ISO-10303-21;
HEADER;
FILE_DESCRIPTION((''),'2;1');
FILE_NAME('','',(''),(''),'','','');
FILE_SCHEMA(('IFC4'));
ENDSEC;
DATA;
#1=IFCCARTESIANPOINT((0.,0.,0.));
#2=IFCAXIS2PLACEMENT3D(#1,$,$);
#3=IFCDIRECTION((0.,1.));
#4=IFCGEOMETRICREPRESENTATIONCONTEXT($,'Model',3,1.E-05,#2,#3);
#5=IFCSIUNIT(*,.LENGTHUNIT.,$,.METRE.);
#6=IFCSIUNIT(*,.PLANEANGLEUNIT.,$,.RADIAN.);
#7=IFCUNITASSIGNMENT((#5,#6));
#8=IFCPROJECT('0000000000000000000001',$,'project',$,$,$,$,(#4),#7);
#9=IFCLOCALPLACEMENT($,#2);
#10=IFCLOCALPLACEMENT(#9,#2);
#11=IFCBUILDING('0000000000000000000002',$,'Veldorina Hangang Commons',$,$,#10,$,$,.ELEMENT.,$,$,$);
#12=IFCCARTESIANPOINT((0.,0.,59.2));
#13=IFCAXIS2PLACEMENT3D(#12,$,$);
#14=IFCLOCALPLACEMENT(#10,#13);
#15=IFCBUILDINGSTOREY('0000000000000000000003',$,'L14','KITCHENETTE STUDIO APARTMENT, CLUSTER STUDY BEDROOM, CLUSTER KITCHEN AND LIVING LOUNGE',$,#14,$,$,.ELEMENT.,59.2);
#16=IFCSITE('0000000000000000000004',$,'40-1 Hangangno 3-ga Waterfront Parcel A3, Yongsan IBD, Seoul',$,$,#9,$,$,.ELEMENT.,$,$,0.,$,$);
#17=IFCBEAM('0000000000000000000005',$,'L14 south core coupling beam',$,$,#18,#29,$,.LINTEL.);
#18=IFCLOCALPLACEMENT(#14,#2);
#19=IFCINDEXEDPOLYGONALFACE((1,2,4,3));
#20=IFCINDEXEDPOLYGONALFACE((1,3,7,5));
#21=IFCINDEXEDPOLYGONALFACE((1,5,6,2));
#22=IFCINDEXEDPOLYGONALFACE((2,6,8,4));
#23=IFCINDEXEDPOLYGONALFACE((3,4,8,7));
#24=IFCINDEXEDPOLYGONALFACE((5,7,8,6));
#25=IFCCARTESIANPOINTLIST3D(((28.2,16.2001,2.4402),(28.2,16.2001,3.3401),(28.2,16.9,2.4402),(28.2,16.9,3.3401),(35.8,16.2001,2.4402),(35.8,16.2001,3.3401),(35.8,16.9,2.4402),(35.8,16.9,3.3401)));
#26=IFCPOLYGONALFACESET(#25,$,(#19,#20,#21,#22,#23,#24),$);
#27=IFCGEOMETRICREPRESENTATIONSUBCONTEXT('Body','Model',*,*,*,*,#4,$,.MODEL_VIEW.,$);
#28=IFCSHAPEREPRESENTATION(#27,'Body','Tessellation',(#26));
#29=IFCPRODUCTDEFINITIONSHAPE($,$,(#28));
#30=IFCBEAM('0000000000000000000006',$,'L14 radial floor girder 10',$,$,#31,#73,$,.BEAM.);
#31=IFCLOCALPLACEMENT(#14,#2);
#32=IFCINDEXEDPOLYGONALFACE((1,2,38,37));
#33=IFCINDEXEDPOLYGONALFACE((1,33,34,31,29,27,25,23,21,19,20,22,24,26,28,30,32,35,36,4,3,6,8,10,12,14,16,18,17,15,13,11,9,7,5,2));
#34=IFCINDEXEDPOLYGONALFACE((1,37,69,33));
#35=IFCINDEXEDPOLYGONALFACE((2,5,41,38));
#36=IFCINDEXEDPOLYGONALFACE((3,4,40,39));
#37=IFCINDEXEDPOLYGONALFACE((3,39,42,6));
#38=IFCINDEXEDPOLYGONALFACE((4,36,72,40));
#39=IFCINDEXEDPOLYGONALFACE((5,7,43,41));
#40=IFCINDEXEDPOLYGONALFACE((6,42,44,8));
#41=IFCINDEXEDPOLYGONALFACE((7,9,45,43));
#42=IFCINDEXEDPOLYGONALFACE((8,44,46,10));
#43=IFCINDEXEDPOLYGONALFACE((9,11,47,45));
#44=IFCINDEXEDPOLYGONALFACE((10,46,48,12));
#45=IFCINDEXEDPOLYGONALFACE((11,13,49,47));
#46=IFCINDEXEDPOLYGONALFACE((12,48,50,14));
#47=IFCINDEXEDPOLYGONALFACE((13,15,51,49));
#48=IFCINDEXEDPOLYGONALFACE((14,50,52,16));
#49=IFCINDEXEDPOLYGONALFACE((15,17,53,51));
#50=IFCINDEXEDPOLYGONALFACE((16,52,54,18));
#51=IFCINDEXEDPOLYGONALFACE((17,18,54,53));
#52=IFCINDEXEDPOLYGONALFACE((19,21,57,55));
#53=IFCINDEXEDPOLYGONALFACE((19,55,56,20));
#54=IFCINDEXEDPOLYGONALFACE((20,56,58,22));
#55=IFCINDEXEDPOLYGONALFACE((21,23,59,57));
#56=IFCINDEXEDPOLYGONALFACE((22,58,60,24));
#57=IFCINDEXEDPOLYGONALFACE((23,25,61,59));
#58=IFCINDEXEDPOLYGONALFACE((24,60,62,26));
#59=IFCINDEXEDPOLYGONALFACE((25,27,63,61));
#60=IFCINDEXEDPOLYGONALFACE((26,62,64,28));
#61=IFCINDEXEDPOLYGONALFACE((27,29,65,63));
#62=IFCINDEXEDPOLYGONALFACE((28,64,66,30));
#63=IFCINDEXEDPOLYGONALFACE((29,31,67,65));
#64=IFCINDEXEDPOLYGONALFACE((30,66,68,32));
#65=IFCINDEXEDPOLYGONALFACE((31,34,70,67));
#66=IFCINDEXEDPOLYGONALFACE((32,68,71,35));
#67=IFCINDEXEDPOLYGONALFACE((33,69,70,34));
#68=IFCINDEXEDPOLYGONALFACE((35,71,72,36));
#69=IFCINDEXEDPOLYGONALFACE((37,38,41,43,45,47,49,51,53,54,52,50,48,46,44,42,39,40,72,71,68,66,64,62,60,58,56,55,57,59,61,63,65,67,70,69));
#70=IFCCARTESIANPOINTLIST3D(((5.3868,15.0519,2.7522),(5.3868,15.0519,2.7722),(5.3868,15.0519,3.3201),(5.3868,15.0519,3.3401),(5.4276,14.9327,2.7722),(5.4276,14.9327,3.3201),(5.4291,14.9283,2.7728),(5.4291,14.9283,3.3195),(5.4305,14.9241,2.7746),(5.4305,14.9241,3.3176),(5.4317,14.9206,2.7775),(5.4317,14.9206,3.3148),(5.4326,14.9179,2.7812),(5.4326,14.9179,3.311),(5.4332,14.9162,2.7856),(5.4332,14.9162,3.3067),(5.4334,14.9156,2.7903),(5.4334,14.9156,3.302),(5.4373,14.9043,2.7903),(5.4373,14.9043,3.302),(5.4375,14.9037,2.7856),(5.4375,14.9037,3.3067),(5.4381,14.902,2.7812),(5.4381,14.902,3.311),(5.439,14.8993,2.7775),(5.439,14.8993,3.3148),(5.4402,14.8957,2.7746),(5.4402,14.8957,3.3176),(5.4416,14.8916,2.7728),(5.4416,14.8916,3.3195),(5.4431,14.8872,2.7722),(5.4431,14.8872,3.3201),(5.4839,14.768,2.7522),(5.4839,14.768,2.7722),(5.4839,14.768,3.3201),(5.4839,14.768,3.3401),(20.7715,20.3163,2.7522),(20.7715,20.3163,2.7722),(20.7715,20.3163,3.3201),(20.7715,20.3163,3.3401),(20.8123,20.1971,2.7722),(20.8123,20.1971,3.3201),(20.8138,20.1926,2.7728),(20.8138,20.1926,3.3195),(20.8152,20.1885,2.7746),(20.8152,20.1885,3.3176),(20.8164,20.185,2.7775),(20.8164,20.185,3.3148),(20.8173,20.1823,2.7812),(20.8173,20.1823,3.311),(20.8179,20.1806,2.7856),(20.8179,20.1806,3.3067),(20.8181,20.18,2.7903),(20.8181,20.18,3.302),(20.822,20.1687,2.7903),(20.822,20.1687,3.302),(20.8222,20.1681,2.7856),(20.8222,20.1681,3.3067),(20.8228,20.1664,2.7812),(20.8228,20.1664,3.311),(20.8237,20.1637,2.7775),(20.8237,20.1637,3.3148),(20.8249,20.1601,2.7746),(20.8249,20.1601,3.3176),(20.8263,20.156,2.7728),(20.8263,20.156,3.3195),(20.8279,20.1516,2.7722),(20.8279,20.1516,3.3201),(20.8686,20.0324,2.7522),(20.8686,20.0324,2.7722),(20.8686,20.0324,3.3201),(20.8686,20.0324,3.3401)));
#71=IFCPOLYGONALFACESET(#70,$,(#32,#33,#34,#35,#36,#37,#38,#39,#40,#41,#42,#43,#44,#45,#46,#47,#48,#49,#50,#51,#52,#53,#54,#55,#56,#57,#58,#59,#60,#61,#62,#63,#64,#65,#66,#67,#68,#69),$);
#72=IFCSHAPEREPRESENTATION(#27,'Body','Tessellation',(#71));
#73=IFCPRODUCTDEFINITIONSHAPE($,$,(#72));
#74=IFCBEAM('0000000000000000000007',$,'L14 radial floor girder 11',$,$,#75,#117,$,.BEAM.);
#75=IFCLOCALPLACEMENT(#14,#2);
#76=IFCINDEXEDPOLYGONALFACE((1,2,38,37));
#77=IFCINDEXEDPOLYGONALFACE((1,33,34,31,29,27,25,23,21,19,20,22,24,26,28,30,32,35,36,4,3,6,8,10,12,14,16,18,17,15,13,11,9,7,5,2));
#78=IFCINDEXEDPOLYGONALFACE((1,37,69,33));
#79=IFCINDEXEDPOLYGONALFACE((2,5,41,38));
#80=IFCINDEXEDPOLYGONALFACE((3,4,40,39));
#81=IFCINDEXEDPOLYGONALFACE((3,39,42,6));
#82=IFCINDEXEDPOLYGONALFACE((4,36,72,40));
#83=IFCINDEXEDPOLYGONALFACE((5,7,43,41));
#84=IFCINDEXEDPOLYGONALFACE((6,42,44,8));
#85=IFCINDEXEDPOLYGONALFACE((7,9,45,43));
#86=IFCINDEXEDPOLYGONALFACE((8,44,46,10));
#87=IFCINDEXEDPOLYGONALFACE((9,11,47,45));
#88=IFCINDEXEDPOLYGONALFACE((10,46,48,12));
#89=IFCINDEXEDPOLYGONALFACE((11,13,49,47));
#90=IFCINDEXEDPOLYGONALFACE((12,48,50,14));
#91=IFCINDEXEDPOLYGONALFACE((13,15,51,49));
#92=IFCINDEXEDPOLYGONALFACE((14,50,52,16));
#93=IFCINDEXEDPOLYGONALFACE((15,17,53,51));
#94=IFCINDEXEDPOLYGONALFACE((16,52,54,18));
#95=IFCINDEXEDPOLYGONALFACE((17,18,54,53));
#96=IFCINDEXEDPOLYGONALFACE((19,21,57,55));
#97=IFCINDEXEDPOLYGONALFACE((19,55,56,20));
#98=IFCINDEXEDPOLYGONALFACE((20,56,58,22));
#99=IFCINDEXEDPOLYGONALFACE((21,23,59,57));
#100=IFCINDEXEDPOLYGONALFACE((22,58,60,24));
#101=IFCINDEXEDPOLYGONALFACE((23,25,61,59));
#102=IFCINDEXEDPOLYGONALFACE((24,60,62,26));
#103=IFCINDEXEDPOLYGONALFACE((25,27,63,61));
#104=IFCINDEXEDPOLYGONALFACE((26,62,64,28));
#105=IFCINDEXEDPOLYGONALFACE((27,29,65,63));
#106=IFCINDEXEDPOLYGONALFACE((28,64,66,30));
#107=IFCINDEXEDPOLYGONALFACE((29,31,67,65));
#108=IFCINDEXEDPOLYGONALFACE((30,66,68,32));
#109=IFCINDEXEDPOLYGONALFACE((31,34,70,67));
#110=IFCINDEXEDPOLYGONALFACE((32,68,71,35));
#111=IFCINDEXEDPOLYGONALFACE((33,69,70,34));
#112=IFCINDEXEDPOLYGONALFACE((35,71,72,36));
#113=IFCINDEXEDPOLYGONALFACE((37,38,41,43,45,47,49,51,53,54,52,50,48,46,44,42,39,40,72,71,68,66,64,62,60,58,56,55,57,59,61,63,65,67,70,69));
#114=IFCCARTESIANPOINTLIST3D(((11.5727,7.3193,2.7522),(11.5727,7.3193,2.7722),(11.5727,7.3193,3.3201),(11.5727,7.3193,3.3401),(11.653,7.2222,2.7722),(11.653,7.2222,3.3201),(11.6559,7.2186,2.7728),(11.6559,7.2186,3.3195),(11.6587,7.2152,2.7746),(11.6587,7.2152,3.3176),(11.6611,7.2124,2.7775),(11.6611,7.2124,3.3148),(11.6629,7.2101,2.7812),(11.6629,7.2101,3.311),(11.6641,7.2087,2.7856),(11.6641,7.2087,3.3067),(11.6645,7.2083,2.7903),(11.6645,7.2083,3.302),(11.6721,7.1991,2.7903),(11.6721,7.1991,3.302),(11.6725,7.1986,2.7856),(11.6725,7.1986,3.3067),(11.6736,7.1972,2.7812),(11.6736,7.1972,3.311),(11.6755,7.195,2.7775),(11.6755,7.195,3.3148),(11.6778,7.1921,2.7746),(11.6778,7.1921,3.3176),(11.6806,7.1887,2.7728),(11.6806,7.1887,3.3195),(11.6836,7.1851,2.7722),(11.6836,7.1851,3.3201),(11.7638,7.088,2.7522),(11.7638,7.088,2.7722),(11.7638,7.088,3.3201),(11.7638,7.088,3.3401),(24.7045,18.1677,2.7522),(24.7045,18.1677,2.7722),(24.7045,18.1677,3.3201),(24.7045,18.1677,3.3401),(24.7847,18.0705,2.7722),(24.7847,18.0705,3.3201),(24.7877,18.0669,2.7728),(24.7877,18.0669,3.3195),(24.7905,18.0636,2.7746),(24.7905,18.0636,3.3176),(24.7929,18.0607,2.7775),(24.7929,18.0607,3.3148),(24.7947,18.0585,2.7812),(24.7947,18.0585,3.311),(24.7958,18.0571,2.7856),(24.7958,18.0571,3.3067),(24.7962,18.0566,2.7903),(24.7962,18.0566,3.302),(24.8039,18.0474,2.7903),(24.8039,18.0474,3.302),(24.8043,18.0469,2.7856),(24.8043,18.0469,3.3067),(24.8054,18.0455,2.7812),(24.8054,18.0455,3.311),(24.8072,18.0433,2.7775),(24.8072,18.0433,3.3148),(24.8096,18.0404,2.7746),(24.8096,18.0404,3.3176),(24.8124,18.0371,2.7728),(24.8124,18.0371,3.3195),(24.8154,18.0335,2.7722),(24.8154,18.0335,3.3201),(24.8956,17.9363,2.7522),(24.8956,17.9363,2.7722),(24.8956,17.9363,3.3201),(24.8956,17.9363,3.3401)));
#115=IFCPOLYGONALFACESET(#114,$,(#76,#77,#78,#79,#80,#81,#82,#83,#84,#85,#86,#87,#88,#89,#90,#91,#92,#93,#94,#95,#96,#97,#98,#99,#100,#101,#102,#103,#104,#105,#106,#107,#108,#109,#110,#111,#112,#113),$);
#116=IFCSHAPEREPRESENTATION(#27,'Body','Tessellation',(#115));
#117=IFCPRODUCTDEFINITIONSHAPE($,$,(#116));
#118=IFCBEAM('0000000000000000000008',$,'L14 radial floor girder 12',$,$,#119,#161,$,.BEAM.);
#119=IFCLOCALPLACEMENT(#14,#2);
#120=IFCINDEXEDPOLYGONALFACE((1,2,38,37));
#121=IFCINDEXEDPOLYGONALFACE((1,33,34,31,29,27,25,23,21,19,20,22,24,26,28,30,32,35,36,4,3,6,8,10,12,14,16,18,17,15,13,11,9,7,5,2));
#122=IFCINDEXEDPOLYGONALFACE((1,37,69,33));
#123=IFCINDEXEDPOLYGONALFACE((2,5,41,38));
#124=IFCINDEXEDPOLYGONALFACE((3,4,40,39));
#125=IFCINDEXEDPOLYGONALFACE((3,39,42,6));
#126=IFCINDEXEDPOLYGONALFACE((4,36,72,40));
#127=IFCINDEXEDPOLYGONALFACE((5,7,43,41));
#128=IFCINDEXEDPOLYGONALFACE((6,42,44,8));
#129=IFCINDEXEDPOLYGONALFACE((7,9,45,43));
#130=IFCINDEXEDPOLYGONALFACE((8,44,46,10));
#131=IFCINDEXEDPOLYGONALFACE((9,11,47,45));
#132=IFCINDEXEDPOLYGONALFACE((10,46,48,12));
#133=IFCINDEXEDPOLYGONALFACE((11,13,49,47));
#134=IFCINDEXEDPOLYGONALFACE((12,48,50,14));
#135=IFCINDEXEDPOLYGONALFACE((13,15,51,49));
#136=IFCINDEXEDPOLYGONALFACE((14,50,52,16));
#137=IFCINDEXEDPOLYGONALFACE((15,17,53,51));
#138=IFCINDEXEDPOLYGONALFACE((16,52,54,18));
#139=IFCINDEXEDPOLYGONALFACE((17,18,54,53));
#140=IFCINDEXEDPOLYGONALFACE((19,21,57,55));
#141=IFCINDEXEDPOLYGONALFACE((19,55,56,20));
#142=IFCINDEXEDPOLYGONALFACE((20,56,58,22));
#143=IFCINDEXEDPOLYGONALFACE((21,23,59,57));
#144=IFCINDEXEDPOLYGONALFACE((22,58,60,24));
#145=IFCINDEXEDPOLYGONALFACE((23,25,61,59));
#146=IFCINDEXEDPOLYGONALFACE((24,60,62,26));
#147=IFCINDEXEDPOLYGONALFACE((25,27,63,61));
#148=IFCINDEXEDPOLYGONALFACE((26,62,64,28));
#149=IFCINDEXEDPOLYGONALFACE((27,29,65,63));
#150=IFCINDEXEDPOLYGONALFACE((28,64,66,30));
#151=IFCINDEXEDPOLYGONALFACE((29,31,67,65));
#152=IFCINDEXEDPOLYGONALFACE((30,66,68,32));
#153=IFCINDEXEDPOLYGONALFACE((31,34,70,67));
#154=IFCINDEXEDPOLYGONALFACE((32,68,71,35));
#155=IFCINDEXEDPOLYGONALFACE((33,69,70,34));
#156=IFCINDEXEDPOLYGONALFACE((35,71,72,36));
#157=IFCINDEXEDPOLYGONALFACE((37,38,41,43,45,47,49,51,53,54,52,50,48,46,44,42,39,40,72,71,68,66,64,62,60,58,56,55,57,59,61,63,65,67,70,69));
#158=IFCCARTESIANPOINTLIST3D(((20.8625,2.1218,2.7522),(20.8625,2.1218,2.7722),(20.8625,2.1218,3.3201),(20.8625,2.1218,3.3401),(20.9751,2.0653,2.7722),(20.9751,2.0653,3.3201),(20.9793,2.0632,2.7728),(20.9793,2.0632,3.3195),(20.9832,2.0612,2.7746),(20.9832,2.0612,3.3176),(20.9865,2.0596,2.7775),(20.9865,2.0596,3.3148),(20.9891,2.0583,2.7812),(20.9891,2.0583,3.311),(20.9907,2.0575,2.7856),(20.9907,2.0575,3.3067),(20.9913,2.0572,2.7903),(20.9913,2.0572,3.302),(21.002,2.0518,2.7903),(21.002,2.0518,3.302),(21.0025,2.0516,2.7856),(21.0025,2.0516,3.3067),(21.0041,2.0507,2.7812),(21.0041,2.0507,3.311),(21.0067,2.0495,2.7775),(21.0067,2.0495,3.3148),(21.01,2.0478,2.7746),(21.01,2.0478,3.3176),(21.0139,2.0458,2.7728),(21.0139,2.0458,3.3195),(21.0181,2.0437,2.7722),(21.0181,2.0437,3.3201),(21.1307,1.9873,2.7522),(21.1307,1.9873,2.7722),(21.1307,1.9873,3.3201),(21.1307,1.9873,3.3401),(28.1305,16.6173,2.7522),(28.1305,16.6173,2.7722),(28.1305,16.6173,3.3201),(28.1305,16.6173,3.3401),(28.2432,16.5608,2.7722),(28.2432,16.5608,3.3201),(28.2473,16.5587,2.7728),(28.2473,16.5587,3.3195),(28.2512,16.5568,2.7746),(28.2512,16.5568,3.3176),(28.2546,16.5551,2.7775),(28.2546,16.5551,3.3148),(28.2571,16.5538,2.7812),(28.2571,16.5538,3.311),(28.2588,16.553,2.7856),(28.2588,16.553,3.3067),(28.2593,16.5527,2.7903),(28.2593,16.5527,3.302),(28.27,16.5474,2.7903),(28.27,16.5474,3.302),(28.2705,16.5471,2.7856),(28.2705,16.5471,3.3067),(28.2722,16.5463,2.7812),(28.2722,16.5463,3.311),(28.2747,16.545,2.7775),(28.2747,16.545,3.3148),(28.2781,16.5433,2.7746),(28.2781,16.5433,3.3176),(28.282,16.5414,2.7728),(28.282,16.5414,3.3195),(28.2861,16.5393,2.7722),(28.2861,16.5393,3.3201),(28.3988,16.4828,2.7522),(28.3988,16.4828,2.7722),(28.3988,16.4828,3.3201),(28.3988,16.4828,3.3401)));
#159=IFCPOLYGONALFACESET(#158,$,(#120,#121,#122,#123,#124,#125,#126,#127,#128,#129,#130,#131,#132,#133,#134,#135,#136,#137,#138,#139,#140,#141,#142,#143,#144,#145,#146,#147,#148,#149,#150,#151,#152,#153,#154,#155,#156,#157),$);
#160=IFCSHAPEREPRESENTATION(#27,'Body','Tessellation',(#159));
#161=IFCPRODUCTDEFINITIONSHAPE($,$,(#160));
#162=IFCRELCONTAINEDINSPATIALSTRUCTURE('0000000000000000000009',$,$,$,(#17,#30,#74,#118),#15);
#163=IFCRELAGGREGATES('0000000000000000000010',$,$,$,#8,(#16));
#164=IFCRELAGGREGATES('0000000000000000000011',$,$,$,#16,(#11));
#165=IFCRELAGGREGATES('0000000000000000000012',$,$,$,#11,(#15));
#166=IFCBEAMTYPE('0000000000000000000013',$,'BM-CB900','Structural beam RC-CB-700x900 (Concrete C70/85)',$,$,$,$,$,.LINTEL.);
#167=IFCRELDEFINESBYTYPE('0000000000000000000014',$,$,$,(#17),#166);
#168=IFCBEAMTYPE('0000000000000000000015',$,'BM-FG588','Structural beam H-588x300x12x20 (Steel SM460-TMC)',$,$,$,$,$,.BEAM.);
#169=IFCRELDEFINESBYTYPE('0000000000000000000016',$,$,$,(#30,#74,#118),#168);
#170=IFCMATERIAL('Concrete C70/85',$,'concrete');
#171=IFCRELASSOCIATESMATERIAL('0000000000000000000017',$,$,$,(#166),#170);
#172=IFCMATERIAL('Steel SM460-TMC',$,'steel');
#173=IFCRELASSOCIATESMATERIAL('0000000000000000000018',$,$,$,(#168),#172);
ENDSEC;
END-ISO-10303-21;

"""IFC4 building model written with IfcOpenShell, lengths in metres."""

from ifc_helpers import new_model, si_unit, direction, frame, origin, origin_2d, place, context, subcontext, project, spatial, rectangle, i_section, extrude, material, material_profile, profile_set, type_object, element, save


model = new_model("IFC4")

# Units and contexts
model_context = context("Model", 3, precision=1e-05, world=origin(), true_north=direction((0.0, 1.0)))
body_context = subcontext(model_context, "Body", "Model", "MODEL_VIEW")
ifc_project = project(units=[si_unit("LENGTHUNIT", "METRE"), si_unit("PLANEANGLEUNIT", "RADIAN")], contexts=[model_context])

# Site, building, storey
site_placement = place(None, origin())
site = spatial("IfcSite", under=ifc_project, at=site_placement, Name="40-1 Hangangno 3-ga Waterfront Parcel A3, Yongsan IBD, Seoul", CompositionType="ELEMENT", RefElevation=0.0)
building_placement = place(site_placement, origin())
building = spatial("IfcBuilding", under=site, at=building_placement, Name="Veldorina Hangang Commons", CompositionType="ELEMENT")
storey_placement = place(building_placement, frame((0.0, 0.0, 59.2)))
storey = spatial("IfcBuildingStorey", under=building, at=storey_placement, Name="L14", Description="KITCHENETTE STUDIO APARTMENT, CLUSTER STUDY BEDROOM, CLUSTER KITCHEN AND LIVING LOUNGE", CompositionType="ELEMENT", Elevation=59.2)

# Beams
ifc_material_1 = material(Name="Concrete C70/85", Category="concrete")
ifc_material_profile_1 = material_profile(ifc_material_1, rectangle(XDim=0.7, YDim=0.8999, at=origin_2d()), Name="RC-CB-700x900")
ifc_profile_set_1 = profile_set([ifc_material_profile_1], Name="Concrete C70/85")
beam_type_1 = type_object("IfcBeamType", Name="BM-CB900", Description="Structural beam RC-CB-700x900 (Concrete C70/85)", PredefinedType="LINTEL", material=ifc_profile_set_1)
beam_1_placement = place(storey_placement, frame((28.2, 16.55, 2.8901), z_axis=(1.0, 0.0, 0.0), x_axis=(0.0, 1.0, 0.0)))
element("IfcBeam", 1, at=beam_1_placement, inside=storey, type_object=beam_type_1, Name="L14 south core coupling beam", PredefinedType="LINTEL", context=body_context, shape_type="SweptSolid", body=[
    extrude(rectangle(XDim=0.7, YDim=0.8999, at=origin_2d()), origin(), (0.0, 0.0, 1.0), 7.6001),
])
ifc_material_2 = material(Name="Steel SM460-TMC", Category="steel")
ifc_material_profile_2 = material_profile(ifc_material_2, i_section(OverallWidth=0.3, OverallDepth=0.5879, WebThickness=0.012, FlangeThickness=0.02, FilletRadius=0.0181, at=origin_2d()), Name="H-588x300x12x20")
ifc_profile_set_2 = profile_set([ifc_material_profile_2], Name="Steel SM460-TMC")
beam_type_2 = type_object("IfcBeamType", Name="BM-FG588", Description="Structural beam H-588x300x12x20 (Steel SM460-TMC)", PredefinedType="BEAM", material=ifc_profile_set_2)
beam_2_placement = place(storey_placement, frame((20.8201, 20.1743, 3.0461), z_axis=(-0.946141, -0.323753, 0.0), x_axis=(0.323753, -0.946141, 0.0)))
element("IfcBeam", 2, at=beam_2_placement, inside=storey, type_object=beam_type_2, Name="L14 radial floor girder 10", PredefinedType="BEAM", context=body_context, shape_type="SweptSolid", body=[
    extrude(i_section(OverallWidth=0.3, OverallDepth=0.5879, WebThickness=0.012, FlangeThickness=0.02, FilletRadius=0.0181, at=origin_2d()), origin(), (0.0, 0.0, 1.0), 16.2605),
])
beam_3_placement = place(storey_placement, frame((24.8, 18.052, 3.0461), z_axis=(-0.770952, -0.636894, 0.0), x_axis=(0.636894, -0.770952, 0.0)))
element("IfcBeam", 3, at=beam_3_placement, inside=storey, type_object=beam_type_2, Name="L14 radial floor girder 11", PredefinedType="BEAM", context=body_context, shape_type="SweptSolid", body=[
    extrude(i_section(OverallWidth=0.3, OverallDepth=0.5879, WebThickness=0.012, FlangeThickness=0.02, FilletRadius=0.0181, at=origin_2d()), origin(), (0.0, 0.0, 1.0), 17.0332),
])
beam_4_placement = place(storey_placement, frame((28.2646, 16.55, 3.0461), z_axis=(-0.448213, -0.893927, 0.0), x_axis=(0.893927, -0.448213, 0.0)))
element("IfcBeam", 4, at=beam_4_placement, inside=storey, type_object=beam_type_2, Name="L14 radial floor girder 12", PredefinedType="BEAM", context=body_context, shape_type="SweptSolid", body=[
    extrude(i_section(OverallWidth=0.3, OverallDepth=0.5879, WebThickness=0.012, FlangeThickness=0.02, FilletRadius=0.0181, at=origin_2d()), origin(), (0.0, 0.0, 1.0), 16.2156),
])

save(model, "model.ifc")
